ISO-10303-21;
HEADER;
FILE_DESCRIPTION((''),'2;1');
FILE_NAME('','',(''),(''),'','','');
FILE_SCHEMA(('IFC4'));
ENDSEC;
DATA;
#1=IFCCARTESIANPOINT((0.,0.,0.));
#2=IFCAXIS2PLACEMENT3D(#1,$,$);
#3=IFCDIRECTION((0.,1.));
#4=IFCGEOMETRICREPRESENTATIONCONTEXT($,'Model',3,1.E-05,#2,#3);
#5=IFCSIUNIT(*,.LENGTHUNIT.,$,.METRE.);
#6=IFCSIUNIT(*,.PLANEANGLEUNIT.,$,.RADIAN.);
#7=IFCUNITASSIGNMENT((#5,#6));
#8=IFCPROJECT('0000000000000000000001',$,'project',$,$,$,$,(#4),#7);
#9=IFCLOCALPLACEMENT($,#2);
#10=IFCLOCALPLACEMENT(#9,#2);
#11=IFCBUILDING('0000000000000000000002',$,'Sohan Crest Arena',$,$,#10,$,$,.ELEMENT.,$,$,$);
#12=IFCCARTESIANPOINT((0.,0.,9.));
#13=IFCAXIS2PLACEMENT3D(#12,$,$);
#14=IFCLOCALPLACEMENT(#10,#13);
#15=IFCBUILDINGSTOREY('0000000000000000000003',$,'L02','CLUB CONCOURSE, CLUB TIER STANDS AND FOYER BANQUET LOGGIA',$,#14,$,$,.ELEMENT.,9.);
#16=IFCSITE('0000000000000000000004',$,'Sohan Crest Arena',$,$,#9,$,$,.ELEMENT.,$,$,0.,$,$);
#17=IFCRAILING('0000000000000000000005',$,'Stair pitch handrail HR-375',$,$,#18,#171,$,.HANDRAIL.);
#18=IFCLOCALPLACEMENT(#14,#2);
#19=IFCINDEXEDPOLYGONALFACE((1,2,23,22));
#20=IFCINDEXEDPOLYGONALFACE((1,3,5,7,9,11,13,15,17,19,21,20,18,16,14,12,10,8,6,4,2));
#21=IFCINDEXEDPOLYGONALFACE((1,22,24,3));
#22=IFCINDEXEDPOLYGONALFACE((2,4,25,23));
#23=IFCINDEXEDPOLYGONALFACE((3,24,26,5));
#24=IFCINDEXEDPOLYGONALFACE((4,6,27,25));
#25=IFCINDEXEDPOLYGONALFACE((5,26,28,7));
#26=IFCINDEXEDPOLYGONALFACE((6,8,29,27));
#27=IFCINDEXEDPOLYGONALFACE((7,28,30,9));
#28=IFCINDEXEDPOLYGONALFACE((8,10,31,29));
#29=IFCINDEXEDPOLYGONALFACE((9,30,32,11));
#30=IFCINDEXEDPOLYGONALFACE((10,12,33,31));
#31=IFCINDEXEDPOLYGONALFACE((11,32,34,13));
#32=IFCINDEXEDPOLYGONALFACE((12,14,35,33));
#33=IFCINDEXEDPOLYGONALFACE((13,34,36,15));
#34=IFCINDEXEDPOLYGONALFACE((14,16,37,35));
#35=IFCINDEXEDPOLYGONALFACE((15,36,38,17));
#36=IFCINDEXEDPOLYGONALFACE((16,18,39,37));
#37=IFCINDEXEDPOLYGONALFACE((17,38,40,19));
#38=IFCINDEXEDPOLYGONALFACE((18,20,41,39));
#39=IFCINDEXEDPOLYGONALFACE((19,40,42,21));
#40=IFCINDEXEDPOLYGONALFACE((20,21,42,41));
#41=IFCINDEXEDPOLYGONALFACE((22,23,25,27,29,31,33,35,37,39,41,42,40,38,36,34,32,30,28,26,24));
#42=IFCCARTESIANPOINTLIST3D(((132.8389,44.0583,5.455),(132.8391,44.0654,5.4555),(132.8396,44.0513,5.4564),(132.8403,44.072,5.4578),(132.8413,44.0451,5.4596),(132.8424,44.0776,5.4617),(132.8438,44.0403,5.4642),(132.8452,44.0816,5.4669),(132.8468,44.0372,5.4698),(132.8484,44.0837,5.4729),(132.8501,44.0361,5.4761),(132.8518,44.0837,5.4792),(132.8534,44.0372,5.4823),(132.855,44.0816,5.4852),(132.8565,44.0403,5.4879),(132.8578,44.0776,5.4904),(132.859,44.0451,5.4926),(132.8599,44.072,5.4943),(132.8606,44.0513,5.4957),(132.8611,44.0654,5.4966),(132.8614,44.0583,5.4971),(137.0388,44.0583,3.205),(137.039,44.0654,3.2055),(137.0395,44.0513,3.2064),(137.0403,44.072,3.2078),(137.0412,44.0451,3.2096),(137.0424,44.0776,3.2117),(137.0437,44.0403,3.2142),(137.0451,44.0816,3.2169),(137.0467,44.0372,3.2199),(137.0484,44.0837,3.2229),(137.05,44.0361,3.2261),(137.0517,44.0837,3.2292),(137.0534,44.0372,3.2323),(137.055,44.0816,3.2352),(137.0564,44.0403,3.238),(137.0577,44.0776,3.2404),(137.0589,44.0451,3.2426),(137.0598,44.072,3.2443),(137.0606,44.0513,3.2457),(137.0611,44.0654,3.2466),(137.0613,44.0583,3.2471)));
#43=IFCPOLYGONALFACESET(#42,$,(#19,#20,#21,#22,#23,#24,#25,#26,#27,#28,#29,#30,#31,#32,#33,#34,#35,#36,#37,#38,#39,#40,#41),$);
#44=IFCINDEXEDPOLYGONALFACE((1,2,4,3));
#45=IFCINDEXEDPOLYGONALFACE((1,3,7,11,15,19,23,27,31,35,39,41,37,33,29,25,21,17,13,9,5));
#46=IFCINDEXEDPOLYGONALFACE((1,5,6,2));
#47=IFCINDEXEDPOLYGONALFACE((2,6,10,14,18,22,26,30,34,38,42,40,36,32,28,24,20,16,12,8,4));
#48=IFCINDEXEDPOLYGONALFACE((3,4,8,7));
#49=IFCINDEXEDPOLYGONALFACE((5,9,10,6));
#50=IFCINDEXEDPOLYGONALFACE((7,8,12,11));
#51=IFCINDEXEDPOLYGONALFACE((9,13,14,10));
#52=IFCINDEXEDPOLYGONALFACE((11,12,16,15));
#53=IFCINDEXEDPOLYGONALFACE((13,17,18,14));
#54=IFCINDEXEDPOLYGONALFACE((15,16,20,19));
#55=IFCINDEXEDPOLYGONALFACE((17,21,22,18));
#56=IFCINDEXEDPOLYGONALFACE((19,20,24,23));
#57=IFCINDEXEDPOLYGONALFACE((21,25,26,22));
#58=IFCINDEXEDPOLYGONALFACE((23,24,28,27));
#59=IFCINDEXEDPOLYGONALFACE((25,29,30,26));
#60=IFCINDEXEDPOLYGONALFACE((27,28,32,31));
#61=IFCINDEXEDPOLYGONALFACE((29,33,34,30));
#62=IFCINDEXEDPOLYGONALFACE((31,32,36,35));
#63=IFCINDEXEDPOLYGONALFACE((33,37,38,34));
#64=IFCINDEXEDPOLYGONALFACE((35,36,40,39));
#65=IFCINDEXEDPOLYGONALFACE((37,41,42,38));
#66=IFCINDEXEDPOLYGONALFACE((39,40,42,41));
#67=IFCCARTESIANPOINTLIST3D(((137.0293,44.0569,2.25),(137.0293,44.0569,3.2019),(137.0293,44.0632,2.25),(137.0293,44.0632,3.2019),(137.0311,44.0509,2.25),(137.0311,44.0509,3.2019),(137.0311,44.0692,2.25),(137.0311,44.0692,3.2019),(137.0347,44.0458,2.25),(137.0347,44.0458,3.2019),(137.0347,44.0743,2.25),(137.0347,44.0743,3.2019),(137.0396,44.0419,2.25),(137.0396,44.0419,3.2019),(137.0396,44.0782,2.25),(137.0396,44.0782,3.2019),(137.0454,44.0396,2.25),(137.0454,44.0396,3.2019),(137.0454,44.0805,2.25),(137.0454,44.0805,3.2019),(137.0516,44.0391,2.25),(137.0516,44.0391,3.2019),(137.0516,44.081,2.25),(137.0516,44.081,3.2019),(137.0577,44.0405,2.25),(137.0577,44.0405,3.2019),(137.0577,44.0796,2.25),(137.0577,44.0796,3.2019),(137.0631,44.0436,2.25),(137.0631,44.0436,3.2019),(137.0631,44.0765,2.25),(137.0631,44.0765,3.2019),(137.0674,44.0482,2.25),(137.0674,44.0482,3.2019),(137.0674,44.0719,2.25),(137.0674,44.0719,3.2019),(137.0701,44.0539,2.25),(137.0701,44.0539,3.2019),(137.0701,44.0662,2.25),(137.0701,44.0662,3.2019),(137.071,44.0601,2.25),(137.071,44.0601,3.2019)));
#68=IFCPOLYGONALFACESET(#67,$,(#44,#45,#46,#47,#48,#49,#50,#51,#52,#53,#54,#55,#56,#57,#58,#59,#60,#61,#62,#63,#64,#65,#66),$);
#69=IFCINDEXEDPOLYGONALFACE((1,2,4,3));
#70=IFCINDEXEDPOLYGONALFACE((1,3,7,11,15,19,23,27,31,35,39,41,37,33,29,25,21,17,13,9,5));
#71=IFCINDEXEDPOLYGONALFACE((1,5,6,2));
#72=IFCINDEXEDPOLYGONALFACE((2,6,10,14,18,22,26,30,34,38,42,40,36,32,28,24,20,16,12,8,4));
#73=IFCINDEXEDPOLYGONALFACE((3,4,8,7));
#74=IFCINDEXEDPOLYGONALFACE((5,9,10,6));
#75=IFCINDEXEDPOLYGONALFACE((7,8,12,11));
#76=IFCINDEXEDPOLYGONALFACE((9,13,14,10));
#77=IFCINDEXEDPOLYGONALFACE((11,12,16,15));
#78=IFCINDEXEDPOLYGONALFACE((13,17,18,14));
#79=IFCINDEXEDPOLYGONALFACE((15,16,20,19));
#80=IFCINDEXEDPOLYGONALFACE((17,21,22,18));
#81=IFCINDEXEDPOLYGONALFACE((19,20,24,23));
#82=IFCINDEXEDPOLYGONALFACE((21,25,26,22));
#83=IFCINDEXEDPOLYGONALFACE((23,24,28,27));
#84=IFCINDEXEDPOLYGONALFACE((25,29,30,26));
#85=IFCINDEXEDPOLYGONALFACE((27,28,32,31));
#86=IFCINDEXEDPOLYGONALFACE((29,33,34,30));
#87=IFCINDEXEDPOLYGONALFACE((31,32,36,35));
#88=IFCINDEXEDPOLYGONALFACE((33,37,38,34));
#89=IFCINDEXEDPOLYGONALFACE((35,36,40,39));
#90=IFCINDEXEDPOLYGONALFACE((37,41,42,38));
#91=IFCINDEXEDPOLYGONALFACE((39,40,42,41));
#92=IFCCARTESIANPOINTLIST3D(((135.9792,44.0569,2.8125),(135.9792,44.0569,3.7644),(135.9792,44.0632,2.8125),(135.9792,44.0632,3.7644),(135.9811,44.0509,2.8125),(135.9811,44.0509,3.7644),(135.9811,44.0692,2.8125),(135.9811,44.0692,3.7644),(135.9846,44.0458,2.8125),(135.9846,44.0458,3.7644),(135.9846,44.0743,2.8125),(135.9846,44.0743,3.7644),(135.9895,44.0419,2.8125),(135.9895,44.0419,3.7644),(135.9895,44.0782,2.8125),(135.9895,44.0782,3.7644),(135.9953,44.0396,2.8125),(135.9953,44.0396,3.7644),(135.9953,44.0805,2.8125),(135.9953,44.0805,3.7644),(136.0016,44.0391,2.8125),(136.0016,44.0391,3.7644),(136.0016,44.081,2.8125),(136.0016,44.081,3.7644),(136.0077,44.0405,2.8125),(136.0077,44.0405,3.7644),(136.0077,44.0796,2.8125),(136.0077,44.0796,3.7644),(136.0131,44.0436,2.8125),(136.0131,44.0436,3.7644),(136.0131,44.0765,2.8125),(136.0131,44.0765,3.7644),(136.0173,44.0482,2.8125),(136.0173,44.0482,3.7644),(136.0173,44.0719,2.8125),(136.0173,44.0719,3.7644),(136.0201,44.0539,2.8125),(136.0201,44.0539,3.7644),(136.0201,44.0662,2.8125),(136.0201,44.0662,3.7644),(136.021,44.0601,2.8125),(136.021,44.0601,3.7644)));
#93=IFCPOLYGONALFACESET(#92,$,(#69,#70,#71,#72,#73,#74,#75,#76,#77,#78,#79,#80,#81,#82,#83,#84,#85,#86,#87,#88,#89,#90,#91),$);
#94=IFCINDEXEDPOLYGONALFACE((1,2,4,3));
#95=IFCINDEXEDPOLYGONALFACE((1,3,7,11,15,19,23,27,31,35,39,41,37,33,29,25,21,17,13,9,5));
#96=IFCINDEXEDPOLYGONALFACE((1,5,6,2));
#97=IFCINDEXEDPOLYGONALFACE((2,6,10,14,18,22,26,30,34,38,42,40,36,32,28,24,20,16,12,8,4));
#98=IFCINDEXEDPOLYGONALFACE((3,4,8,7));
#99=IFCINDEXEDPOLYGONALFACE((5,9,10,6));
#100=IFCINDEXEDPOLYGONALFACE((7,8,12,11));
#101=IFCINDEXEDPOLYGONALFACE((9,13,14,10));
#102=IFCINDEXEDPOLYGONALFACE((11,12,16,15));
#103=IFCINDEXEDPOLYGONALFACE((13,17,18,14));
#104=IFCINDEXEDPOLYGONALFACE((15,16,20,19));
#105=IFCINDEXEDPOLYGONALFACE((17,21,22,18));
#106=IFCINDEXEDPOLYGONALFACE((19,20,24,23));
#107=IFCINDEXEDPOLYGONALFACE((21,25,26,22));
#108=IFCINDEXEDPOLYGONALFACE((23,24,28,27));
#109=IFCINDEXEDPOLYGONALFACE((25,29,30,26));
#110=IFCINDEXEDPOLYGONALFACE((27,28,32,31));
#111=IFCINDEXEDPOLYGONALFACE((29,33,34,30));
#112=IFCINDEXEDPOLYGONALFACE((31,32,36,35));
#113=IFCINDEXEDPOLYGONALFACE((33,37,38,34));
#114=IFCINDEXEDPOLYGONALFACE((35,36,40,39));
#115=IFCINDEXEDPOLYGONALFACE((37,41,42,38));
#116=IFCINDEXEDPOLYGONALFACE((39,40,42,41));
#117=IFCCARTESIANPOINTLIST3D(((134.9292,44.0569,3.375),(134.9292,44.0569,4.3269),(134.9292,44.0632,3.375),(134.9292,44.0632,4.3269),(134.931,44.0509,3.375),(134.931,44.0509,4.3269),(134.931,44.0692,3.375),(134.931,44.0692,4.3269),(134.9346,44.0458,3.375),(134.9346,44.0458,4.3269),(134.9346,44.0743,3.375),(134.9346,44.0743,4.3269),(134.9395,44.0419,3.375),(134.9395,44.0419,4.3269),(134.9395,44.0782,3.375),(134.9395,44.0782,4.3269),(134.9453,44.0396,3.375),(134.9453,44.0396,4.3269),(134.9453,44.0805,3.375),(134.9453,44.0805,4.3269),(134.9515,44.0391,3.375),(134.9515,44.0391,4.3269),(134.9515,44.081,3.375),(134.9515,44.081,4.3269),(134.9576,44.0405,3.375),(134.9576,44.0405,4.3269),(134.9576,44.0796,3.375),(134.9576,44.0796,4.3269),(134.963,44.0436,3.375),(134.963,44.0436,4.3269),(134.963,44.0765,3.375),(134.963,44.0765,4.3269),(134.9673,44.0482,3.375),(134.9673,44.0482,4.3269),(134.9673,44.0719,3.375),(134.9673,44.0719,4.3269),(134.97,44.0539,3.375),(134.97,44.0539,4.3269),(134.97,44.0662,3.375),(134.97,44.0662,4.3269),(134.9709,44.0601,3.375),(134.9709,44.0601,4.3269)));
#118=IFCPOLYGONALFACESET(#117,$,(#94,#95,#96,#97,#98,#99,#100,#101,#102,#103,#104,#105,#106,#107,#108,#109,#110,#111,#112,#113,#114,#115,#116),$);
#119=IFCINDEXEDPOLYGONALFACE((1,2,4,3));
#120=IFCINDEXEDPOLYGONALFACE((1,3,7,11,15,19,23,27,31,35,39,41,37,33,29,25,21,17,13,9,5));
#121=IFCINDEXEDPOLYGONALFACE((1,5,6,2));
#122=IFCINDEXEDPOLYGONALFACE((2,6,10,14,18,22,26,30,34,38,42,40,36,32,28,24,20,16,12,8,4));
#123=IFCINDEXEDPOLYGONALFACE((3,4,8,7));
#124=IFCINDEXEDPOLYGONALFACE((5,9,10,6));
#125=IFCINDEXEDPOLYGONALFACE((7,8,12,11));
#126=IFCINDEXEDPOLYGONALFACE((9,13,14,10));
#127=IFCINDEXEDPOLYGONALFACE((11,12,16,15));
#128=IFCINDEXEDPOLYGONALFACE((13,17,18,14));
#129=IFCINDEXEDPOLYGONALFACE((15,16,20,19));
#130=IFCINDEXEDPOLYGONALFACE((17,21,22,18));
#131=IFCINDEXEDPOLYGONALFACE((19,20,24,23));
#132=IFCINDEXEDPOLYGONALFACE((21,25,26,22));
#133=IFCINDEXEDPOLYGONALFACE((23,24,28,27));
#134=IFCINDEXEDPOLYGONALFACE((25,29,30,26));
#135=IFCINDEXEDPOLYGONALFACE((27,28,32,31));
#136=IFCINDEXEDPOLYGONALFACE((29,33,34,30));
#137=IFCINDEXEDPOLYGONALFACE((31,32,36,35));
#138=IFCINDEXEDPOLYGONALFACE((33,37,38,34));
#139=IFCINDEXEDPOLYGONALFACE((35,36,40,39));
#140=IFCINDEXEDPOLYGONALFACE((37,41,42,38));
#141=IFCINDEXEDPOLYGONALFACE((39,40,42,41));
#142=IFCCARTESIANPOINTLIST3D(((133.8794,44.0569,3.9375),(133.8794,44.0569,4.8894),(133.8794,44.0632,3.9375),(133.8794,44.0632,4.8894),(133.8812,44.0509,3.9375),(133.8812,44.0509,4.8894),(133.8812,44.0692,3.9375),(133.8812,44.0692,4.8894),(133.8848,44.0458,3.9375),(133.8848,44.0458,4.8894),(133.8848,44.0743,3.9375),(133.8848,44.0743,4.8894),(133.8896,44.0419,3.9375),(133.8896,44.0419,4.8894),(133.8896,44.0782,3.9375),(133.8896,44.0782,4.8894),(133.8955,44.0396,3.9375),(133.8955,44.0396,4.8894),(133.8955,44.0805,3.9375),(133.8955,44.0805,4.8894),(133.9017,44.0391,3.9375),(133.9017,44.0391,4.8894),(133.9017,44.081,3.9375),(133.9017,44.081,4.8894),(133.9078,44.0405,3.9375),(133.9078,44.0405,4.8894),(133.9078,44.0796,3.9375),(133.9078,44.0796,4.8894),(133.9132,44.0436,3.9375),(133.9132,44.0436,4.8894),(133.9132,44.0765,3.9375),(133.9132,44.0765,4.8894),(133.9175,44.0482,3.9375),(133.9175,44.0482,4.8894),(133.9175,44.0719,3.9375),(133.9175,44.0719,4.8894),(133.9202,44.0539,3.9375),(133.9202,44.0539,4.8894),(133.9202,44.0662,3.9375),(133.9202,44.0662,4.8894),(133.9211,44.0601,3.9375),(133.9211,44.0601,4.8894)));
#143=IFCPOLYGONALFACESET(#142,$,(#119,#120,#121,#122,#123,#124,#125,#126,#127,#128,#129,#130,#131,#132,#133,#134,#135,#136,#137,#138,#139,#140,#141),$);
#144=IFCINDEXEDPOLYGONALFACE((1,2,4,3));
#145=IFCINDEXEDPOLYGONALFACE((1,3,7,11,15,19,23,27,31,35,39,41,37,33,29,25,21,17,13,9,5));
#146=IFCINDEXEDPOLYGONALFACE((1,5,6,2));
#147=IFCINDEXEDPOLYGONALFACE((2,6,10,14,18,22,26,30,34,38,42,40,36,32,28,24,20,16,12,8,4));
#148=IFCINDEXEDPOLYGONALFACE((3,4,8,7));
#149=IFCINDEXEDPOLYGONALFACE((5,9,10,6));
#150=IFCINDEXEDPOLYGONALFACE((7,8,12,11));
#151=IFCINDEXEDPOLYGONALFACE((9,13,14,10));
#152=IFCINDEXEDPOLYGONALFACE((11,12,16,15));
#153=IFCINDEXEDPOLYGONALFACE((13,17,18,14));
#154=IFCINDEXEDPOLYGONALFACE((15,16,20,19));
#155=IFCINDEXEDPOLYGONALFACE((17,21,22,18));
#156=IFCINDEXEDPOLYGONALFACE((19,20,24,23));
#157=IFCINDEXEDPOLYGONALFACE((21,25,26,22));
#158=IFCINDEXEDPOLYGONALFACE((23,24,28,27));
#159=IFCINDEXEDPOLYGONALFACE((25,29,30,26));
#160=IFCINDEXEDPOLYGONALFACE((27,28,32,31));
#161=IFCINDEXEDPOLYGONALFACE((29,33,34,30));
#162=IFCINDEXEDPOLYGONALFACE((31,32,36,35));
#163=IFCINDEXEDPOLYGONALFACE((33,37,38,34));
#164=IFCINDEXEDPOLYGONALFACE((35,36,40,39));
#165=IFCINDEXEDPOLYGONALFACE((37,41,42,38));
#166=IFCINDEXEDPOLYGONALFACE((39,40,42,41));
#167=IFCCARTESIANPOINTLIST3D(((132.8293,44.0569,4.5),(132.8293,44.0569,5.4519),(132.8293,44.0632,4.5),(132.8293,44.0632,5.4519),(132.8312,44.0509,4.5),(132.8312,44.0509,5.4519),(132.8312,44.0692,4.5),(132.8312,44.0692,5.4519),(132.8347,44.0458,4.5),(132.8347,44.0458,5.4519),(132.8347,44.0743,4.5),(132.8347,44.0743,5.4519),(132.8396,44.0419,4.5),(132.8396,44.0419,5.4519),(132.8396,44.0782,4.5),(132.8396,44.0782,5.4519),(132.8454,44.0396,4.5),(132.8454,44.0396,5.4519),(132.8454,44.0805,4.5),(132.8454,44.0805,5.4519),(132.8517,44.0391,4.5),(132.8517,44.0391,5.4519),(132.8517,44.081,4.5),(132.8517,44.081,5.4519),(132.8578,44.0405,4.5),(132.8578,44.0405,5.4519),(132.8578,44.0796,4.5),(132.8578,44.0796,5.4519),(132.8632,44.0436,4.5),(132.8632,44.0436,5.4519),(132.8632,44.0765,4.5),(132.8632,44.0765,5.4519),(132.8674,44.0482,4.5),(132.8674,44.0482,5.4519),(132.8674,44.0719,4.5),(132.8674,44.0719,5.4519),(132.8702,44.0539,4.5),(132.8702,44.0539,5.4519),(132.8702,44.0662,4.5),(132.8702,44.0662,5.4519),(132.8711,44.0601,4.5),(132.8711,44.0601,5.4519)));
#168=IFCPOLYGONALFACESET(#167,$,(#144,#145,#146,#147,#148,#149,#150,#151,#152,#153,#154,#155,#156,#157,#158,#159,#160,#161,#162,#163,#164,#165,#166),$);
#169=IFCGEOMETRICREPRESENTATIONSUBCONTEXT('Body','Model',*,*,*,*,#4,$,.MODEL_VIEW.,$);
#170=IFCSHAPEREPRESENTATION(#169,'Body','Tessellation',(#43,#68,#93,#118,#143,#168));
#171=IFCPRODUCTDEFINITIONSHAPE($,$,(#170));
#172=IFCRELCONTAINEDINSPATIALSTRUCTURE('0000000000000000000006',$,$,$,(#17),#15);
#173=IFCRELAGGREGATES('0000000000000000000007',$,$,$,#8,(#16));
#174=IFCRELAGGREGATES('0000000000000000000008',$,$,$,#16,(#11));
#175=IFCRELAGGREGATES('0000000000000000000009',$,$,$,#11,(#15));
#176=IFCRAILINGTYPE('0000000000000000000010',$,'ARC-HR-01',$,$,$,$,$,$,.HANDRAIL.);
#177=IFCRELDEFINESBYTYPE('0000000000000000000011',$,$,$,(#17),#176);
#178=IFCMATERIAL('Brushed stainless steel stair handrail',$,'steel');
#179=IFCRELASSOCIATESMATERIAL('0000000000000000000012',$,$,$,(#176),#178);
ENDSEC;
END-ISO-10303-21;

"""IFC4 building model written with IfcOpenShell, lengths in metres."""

from ifc_helpers import new_model, si_unit, direction, frame, origin, origin_2d, place, context, subcontext, project, spatial, circle, extrude, material, type_object, element, save


model = new_model("IFC4")

# Units and contexts
model_context = context("Model", 3, precision=1e-05, world=origin(), true_north=direction((0.0, 1.0)))
body_context = subcontext(model_context, "Body", "Model", "MODEL_VIEW")
ifc_project = project(units=[si_unit("LENGTHUNIT", "METRE"), si_unit("PLANEANGLEUNIT", "RADIAN")], contexts=[model_context])

# Site, building, storey
site_placement = place(None, origin())
site = spatial("IfcSite", under=ifc_project, at=site_placement, Name="Sohan Crest Arena", CompositionType="ELEMENT", RefElevation=0.0)
building_placement = place(site_placement, origin())
building = spatial("IfcBuilding", under=site, at=building_placement, Name="Sohan Crest Arena", CompositionType="ELEMENT")
storey_placement = place(building_placement, frame((0.0, 0.0, 9.0)))
storey = spatial("IfcBuildingStorey", under=building, at=storey_placement, Name="L02", Description="CLUB CONCOURSE, CLUB TIER STANDS AND FOYER BANQUET LOGGIA", CompositionType="ELEMENT", Elevation=9.0)

# Railing
ifc_material_1 = material(Name="Brushed stainless steel stair handrail", Category="steel")
railing_type_1 = type_object("IfcRailingType", Name="ARC-HR-01", PredefinedType="HANDRAIL", material=ifc_material_1)
railing_1_placement = place(storey_placement, frame((137.05, 44.0601, 2.25)))
element("IfcRailing", 1, at=railing_1_placement, inside=storey, type_object=railing_type_1, Name="Stair pitch handrail HR-375", PredefinedType="HANDRAIL", context=body_context, shape_type="SweptSolid", body=[
    extrude(circle(Radius=0.0239, at=origin_2d()), frame((0.0, 0.0, 0.9761), z_axis=(-0.881478, 0.0, 0.472226), x_axis=(0.0, -1.0, 0.0)), (0.0, 0.0, 1.0), 4.7646),
    extrude(circle(Radius=0.021, at=origin_2d()), origin(), (0.0, 0.0, 1.0), 0.9519),
    extrude(circle(Radius=0.021, at=origin_2d()), frame((-1.05, 0.0, 0.5625)), (0.0, 0.0, 1.0), 0.9519),
    extrude(circle(Radius=0.021, at=origin_2d()), frame((-2.1001, 0.0, 1.125)), (0.0, 0.0, 1.0), 0.9519),
    extrude(circle(Radius=0.021, at=origin_2d()), frame((-3.1499, 0.0, 1.6875)), (0.0, 0.0, 1.0), 0.9519),
    extrude(circle(Radius=0.021, at=origin_2d()), frame((-4.2, 0.0, 2.25)), (0.0, 0.0, 1.0), 0.9519),
])

save(model, "model.ifc")
